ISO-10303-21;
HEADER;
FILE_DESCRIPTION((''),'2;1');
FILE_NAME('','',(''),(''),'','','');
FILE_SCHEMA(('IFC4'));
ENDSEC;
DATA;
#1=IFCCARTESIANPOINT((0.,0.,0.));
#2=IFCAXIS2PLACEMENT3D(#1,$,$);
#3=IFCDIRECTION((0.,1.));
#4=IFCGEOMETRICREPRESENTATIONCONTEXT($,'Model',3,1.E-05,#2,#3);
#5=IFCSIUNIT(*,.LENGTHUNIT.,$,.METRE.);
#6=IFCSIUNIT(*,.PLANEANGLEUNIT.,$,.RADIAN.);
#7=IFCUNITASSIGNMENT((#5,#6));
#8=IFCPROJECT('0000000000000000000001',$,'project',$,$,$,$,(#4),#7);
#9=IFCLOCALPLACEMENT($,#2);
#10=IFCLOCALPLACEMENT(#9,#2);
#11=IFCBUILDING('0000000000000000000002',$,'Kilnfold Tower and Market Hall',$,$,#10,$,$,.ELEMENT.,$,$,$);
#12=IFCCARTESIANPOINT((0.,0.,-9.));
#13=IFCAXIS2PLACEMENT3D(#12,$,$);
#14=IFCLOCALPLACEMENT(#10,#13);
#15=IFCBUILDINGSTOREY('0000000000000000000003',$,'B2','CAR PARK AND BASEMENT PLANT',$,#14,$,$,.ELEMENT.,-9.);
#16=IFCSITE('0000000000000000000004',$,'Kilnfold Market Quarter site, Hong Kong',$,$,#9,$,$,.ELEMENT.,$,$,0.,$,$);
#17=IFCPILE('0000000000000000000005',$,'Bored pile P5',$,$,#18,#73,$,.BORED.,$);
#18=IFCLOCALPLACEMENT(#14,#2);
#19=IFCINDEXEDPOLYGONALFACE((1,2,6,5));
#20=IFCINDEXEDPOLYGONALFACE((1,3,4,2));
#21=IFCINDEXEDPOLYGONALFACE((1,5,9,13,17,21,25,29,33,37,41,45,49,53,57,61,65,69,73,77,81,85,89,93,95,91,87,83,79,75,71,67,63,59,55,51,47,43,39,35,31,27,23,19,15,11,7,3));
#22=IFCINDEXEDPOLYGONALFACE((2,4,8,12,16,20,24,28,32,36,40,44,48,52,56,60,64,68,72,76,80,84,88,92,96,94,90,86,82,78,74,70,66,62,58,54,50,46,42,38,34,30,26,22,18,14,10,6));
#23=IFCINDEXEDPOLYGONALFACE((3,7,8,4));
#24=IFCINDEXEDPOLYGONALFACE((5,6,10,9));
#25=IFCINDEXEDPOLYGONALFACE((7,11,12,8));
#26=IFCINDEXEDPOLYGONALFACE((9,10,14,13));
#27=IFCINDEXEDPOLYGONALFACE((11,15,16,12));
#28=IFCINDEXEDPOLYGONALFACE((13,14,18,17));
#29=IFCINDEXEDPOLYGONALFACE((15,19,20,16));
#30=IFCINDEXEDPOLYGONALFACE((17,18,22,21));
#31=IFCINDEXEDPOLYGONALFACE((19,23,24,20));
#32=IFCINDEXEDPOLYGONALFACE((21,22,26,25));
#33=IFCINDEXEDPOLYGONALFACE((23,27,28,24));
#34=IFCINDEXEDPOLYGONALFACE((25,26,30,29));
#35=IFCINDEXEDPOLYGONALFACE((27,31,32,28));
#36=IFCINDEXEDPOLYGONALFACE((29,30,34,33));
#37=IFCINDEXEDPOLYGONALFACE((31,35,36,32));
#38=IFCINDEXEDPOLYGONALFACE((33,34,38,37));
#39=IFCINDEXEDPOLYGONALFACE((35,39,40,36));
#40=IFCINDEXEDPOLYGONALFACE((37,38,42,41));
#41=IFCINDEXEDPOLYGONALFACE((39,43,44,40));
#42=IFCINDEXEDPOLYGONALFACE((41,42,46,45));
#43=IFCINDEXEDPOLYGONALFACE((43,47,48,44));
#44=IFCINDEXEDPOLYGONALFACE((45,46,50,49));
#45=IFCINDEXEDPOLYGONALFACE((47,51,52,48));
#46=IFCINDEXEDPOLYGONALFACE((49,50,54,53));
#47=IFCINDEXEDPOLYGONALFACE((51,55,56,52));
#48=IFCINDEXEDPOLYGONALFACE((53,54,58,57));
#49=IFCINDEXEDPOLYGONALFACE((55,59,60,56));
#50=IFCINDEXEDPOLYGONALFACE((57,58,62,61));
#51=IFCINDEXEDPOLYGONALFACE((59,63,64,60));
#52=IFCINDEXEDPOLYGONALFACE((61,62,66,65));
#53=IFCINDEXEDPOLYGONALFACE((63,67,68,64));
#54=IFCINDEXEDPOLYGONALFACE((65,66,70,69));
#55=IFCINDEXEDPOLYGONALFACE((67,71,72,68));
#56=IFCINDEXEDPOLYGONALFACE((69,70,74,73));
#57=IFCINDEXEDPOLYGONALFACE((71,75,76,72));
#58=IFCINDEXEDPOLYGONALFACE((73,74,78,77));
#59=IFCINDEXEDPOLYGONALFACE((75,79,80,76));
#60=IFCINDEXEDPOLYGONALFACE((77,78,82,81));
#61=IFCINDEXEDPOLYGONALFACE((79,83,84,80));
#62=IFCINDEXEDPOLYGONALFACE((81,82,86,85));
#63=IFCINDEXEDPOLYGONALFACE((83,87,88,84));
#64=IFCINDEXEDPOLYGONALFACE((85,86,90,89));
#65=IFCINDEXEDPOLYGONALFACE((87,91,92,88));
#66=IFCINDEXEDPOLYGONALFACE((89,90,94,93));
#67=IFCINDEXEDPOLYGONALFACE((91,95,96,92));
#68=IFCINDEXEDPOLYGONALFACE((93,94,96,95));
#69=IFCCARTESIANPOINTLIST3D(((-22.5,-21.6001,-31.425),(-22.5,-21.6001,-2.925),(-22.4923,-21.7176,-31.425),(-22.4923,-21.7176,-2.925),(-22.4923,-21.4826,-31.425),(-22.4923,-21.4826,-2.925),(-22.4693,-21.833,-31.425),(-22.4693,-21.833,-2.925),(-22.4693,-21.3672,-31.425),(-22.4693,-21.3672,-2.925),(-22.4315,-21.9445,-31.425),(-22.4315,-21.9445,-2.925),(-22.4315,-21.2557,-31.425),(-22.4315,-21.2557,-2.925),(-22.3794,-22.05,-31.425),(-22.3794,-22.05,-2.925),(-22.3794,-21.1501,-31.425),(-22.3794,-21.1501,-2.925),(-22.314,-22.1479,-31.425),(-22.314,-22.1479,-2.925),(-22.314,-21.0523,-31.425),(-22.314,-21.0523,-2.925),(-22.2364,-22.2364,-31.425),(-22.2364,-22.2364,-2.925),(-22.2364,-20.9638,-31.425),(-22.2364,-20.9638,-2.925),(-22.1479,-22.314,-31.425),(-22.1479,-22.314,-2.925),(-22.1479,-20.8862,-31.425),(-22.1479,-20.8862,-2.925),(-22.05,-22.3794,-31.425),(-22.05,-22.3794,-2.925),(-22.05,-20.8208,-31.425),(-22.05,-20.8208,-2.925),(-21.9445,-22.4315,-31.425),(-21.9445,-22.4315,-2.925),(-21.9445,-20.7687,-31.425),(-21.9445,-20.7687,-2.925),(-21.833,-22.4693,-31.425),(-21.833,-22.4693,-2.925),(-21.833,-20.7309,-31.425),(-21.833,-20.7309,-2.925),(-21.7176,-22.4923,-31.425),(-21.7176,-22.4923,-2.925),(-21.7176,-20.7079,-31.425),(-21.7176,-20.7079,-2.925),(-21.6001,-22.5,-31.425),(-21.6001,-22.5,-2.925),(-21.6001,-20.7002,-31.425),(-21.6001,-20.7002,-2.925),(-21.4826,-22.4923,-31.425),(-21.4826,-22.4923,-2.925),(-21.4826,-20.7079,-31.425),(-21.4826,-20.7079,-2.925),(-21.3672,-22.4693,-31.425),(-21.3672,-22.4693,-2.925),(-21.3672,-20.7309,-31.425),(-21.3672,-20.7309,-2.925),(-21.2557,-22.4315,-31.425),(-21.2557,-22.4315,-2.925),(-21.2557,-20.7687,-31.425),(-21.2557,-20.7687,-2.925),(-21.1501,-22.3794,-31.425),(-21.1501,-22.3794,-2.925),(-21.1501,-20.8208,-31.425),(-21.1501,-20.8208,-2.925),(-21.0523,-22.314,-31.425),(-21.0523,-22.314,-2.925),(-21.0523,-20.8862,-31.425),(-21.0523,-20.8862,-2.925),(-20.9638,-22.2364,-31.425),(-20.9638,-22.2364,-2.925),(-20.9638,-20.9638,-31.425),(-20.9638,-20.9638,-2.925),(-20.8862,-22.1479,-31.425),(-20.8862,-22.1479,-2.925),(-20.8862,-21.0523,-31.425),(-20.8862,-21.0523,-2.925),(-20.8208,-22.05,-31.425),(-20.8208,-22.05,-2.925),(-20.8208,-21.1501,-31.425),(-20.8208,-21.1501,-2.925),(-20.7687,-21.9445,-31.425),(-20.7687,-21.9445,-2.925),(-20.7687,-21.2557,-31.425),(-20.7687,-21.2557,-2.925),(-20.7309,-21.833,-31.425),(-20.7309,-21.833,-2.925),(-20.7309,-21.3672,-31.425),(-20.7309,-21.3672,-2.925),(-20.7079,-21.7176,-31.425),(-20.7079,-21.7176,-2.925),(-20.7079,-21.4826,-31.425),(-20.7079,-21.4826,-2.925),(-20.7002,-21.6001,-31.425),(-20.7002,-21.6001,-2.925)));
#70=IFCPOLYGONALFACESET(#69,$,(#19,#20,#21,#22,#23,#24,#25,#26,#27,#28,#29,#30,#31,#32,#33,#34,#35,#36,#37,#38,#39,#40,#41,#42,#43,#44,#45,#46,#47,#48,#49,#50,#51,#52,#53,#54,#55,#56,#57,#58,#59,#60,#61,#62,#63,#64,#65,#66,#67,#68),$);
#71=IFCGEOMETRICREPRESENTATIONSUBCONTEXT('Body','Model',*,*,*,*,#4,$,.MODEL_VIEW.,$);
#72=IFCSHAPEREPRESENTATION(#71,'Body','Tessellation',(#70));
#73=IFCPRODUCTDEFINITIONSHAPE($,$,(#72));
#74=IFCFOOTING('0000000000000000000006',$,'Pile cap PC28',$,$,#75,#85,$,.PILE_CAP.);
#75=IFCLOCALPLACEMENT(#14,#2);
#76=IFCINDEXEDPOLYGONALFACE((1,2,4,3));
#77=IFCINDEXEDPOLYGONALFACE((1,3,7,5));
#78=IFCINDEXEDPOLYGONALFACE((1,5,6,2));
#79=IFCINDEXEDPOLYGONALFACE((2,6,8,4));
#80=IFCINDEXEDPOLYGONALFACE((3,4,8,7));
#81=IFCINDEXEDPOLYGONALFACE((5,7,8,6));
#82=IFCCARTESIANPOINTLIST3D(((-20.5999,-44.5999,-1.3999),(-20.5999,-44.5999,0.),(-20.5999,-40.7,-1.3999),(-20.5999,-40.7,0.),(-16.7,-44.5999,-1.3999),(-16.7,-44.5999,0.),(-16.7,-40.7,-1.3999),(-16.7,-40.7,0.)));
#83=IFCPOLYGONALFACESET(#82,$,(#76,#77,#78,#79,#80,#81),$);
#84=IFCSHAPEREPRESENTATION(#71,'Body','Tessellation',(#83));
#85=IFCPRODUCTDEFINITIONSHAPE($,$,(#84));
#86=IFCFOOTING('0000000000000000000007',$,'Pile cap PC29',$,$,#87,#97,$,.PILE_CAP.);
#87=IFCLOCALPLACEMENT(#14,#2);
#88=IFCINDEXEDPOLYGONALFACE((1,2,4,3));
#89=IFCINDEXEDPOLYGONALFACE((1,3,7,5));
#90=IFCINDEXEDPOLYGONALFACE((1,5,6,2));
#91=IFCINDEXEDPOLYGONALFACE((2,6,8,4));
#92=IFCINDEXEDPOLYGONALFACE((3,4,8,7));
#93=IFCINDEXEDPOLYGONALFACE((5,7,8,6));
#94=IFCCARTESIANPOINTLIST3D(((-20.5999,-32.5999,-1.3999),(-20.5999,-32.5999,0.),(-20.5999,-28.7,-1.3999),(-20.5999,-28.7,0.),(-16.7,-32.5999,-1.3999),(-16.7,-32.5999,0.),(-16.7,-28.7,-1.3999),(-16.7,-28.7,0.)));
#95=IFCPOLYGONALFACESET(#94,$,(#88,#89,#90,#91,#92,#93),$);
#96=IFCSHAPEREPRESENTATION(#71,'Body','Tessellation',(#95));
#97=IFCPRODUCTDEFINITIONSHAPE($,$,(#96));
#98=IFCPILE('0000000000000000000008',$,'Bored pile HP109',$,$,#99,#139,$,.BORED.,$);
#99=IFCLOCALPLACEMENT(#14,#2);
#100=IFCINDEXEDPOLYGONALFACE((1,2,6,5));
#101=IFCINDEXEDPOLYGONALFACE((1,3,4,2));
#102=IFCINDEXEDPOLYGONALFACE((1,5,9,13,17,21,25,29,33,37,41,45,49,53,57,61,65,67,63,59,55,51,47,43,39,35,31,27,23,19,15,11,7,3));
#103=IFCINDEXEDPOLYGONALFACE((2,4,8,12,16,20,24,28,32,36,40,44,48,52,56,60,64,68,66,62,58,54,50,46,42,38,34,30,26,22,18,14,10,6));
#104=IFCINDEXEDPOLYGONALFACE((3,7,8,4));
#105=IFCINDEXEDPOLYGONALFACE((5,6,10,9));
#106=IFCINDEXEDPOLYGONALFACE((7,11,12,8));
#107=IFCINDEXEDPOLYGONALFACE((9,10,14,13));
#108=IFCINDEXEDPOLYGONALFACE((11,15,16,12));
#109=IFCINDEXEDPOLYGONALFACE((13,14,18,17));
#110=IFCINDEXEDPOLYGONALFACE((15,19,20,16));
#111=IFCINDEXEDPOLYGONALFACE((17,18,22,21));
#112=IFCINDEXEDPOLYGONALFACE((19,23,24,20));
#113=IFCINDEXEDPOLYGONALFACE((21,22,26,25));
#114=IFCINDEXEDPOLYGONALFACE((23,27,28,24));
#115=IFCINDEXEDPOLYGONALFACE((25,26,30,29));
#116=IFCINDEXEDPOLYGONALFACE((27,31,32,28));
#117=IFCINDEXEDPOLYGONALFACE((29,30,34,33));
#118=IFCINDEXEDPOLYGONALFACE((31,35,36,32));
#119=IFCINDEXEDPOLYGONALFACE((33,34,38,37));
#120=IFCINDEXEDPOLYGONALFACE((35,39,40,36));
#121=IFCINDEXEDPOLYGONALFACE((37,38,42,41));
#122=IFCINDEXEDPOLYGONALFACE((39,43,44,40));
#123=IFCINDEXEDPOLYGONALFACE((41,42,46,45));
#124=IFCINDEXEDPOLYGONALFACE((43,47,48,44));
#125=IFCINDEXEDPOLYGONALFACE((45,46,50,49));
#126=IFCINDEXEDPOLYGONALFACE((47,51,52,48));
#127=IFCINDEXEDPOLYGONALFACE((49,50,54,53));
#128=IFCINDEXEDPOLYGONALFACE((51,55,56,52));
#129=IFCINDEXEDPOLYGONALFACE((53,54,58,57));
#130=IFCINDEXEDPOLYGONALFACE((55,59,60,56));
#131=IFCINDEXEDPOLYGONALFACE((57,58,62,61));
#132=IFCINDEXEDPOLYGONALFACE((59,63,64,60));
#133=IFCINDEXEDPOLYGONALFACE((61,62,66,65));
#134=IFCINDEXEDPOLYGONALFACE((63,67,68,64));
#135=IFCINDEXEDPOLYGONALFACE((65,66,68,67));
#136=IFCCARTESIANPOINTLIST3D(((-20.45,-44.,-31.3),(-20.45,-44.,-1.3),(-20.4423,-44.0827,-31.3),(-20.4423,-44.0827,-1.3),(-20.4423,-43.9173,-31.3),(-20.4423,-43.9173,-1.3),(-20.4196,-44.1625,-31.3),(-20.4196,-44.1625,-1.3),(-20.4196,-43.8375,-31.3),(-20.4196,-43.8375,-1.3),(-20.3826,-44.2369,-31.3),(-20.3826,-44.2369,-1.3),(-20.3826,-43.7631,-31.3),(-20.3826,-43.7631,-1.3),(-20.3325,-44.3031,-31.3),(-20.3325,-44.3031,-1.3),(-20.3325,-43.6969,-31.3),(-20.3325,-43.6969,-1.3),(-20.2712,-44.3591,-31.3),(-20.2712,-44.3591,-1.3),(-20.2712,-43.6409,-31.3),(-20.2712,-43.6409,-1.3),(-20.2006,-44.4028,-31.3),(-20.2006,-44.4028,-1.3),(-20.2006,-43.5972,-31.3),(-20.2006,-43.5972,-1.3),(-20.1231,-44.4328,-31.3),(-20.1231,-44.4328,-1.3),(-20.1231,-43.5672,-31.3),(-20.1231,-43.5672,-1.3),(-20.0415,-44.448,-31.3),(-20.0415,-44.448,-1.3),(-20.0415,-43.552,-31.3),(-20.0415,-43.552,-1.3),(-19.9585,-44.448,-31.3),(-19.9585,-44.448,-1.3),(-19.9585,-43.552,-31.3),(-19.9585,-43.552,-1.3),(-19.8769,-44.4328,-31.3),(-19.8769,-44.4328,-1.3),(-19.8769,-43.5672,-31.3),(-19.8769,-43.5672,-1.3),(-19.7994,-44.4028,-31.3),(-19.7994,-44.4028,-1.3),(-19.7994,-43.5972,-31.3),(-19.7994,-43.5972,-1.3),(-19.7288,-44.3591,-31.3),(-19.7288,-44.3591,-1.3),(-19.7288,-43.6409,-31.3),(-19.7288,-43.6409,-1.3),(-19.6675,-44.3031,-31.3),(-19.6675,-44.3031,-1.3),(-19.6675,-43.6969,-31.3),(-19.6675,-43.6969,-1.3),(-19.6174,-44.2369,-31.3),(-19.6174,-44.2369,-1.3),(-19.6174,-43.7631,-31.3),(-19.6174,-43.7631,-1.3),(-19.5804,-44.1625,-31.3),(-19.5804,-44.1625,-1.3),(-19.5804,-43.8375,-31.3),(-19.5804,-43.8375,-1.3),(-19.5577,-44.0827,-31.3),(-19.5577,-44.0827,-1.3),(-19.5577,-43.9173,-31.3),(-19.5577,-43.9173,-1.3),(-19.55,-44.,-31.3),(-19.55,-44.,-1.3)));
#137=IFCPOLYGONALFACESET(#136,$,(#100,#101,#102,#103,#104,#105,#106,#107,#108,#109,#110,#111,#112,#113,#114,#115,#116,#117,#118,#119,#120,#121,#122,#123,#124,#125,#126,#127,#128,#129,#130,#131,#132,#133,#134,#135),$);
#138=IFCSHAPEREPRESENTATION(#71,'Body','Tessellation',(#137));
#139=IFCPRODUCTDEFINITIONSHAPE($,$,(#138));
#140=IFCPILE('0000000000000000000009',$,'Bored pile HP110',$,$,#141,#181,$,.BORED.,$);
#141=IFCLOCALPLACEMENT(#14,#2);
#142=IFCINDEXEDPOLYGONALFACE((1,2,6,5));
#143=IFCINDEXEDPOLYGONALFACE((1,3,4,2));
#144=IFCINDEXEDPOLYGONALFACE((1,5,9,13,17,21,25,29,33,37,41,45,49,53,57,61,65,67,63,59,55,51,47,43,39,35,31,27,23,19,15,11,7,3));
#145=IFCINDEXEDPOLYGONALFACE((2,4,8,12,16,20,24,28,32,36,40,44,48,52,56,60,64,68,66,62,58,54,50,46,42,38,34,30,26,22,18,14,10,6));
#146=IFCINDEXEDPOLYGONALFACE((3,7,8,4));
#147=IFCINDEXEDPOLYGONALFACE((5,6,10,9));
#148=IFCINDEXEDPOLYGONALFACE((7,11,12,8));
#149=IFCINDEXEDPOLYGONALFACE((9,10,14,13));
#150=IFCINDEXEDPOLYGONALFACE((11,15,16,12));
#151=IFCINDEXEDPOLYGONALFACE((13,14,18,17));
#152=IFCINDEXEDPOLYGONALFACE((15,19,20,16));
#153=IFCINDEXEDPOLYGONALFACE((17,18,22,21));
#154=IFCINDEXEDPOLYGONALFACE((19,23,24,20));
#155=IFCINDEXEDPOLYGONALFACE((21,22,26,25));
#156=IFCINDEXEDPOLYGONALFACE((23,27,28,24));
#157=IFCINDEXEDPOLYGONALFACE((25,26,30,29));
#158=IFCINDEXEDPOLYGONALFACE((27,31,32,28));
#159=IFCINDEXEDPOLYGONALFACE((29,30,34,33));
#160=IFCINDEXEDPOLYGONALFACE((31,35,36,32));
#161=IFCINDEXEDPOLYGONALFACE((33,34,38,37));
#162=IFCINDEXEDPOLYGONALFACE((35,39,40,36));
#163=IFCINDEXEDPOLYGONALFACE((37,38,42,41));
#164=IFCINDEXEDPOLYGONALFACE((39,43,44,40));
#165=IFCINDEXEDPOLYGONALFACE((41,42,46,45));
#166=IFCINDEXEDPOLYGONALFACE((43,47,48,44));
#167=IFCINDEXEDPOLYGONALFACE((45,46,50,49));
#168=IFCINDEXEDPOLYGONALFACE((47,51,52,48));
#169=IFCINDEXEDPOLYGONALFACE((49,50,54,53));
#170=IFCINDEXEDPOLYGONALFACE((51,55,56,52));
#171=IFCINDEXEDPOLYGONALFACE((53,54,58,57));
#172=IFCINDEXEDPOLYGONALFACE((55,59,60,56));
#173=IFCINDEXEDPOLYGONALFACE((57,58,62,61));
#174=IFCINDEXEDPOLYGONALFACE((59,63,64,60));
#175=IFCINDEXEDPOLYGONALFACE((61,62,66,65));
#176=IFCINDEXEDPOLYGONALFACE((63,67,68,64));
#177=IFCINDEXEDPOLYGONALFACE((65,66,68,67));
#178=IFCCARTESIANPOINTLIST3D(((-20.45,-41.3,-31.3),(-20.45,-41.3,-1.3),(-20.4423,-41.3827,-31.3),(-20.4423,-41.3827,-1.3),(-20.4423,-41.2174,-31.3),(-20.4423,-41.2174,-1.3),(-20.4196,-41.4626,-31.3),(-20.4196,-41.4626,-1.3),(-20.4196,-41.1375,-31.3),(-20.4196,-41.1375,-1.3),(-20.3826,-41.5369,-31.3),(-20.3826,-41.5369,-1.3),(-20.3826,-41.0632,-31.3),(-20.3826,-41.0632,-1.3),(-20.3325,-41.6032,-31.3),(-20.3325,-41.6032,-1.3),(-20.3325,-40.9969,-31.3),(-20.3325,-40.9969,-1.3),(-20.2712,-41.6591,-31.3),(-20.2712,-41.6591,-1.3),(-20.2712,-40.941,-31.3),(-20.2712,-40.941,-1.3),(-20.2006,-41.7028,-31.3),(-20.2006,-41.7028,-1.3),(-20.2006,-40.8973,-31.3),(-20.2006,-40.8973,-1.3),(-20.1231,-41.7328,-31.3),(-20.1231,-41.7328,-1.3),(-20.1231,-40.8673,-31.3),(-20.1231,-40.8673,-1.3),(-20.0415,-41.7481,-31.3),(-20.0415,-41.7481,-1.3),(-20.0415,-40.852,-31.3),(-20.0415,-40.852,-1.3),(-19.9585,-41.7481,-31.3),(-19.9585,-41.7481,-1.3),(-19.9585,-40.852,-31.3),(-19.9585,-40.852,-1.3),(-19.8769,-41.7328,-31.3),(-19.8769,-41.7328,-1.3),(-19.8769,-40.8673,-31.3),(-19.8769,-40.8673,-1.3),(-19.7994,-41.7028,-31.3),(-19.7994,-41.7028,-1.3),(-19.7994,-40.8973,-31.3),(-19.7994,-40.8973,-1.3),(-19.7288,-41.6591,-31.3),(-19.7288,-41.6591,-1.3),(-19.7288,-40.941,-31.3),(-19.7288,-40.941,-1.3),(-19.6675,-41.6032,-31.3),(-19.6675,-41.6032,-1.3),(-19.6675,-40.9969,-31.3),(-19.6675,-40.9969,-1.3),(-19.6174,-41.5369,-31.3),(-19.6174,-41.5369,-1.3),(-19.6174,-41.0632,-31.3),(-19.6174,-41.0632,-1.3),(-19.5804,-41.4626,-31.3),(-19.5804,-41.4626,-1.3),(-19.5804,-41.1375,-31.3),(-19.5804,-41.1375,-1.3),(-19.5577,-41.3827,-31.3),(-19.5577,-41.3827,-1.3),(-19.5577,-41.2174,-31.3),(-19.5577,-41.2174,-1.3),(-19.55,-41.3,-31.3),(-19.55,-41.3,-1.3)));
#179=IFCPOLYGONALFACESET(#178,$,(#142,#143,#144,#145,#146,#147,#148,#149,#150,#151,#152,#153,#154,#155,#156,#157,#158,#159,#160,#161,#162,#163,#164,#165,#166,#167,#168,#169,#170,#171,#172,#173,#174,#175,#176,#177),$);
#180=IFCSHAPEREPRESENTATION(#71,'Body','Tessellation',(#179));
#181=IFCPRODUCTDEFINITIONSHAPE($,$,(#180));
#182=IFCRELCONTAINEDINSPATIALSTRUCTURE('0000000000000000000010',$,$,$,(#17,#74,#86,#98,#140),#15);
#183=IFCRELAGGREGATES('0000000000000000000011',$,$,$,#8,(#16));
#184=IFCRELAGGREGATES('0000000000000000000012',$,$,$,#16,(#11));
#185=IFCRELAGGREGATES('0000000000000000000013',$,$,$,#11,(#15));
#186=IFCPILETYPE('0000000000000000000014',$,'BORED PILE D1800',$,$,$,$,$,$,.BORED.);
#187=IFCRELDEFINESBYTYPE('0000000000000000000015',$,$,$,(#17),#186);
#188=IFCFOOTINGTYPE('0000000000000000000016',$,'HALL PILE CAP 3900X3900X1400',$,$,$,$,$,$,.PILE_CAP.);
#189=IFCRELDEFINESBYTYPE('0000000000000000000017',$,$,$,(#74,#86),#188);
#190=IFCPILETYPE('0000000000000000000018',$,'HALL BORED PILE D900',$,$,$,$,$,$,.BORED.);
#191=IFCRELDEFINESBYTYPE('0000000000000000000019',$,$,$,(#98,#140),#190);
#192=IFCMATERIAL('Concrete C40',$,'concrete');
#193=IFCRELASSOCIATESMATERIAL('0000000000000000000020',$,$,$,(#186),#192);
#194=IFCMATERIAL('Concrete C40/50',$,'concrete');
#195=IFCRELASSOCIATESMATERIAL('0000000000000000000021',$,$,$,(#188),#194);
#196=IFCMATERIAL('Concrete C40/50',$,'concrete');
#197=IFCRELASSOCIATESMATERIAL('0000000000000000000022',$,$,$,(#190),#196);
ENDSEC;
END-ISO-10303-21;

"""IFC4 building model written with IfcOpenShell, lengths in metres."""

from ifc_helpers import new_model, si_unit, direction, frame, origin, origin_2d, place, context, subcontext, project, spatial, rectangle, circle, extrude, source, transform, mapped, material, material_profile, profile_set, type_object, element, save


model = new_model("IFC4")

# Units and contexts
model_context = context("Model", 3, precision=1e-05, world=origin(), true_north=direction((0.0, 1.0)))
body_context = subcontext(model_context, "Body", "Model", "MODEL_VIEW")
ifc_project = project(units=[si_unit("LENGTHUNIT", "METRE"), si_unit("PLANEANGLEUNIT", "RADIAN")], contexts=[model_context])

# Site, building, storey
site_placement = place(None, origin())
site = spatial("IfcSite", under=ifc_project, at=site_placement, Name="Kilnfold Market Quarter site, Hong Kong", CompositionType="ELEMENT", RefElevation=0.0)
building_placement = place(site_placement, origin())
building = spatial("IfcBuilding", under=site, at=building_placement, Name="Kilnfold Tower and Market Hall", CompositionType="ELEMENT")
storey_placement = place(building_placement, frame((0.0, 0.0, -9.0)))
storey = spatial("IfcBuildingStorey", under=building, at=storey_placement, Name="B2", Description="CAR PARK AND BASEMENT PLANT", CompositionType="ELEMENT", Elevation=-9.0)

# Pile
ifc_material_1 = material(Name="Concrete C40", Category="concrete")
ifc_material_profile_1 = material_profile(ifc_material_1, circle(Radius=0.8999, at=origin_2d()), Name="RC D1800")
ifc_profile_set_1 = profile_set([ifc_material_profile_1], Name="Concrete C40")
pile_type_1 = type_object("IfcPileType", Name="BORED PILE D1800", PredefinedType="BORED", material=ifc_profile_set_1)
shared_shape_1 = source(origin(), body_context, "Body", "SweptSolid", [
    extrude(circle(Radius=0.8999, at=origin_2d()), origin(), (0.0, 0.0, 1.0), 28.5),
])
pile_placement = place(storey_placement, frame((-21.6001, -21.6001, -2.925), z_axis=(0.0, 0.0, -1.0), x_axis=(1.0, 0.0, 0.0)))
element("IfcPile", 1, at=pile_placement, inside=storey, type_object=pile_type_1, Name="Bored pile P5", PredefinedType="BORED", context=body_context, shape_type="MappedRepresentation", body=[
    mapped(shared_shape_1, transform((0.0, 0.0, 0.0))),
])

# Footings
ifc_material_2 = material(Name="Concrete C40/50", Category="concrete")
footing_type = type_object("IfcFootingType", Name="HALL PILE CAP 3900X3900X1400", PredefinedType="PILE_CAP", material=ifc_material_2)
shared_shape_2 = source(origin(), body_context, "Body", "SweptSolid", [
    extrude(rectangle(XDim=3.8999, YDim=3.8999, at=origin_2d()), origin(), (0.0, 0.0, 1.0), 1.3999),
])
for number, where, z_axis, x_axis, name in (
    (2, (-18.6499, -42.6499, -1.3999), (0.0, 0.0, 1.0), (1.0, 0.0, 0.0), "Pile cap PC28"),
    (3, (-18.6499, -30.6499, -1.3999), (0.0, 0.0, 1.0), (1.0, 0.0, 0.0), "Pile cap PC29"),
):
    element("IfcFooting", number, at=place(storey_placement, frame(where, z_axis=z_axis, x_axis=x_axis)), inside=storey, type_object=footing_type, Name=name, PredefinedType="PILE_CAP", context=body_context, shape_type="MappedRepresentation", body=[
        mapped(shared_shape_2, transform((0.0, 0.0, 0.0))),
    ])

# Piles
ifc_material_3 = material(Name="Concrete C40/50", Category="concrete")
ifc_material_profile_2 = material_profile(ifc_material_3, circle(Radius=0.45, at=origin_2d()), Name="D900")
ifc_profile_set_2 = profile_set([ifc_material_profile_2], Name="Concrete C40/50")
pile_type_2 = type_object("IfcPileType", Name="HALL BORED PILE D900", PredefinedType="BORED", material=ifc_profile_set_2)
shared_shape_3 = source(origin(), body_context, "Body", "SweptSolid", [
    extrude(circle(Radius=0.45, at=origin_2d()), origin(), (0.0, 0.0, 1.0), 30.0),
])
for number, where, z_axis, x_axis, name in (
    (4, (-20.0, -44.0, -1.3), (0.0, 0.0, -1.0), (1.0, 0.0, 0.0), "Bored pile HP109"),
    (5, (-20.0, -41.3, -1.3), (0.0, 0.0, -1.0), (1.0, 0.0, 0.0), "Bored pile HP110"),
):
    element("IfcPile", number, at=place(storey_placement, frame(where, z_axis=z_axis, x_axis=x_axis)), inside=storey, type_object=pile_type_2, Name=name, PredefinedType="BORED", context=body_context, shape_type="MappedRepresentation", body=[
        mapped(shared_shape_3, transform((0.0, 0.0, 0.0))),
    ])

save(model, "model.ifc")
